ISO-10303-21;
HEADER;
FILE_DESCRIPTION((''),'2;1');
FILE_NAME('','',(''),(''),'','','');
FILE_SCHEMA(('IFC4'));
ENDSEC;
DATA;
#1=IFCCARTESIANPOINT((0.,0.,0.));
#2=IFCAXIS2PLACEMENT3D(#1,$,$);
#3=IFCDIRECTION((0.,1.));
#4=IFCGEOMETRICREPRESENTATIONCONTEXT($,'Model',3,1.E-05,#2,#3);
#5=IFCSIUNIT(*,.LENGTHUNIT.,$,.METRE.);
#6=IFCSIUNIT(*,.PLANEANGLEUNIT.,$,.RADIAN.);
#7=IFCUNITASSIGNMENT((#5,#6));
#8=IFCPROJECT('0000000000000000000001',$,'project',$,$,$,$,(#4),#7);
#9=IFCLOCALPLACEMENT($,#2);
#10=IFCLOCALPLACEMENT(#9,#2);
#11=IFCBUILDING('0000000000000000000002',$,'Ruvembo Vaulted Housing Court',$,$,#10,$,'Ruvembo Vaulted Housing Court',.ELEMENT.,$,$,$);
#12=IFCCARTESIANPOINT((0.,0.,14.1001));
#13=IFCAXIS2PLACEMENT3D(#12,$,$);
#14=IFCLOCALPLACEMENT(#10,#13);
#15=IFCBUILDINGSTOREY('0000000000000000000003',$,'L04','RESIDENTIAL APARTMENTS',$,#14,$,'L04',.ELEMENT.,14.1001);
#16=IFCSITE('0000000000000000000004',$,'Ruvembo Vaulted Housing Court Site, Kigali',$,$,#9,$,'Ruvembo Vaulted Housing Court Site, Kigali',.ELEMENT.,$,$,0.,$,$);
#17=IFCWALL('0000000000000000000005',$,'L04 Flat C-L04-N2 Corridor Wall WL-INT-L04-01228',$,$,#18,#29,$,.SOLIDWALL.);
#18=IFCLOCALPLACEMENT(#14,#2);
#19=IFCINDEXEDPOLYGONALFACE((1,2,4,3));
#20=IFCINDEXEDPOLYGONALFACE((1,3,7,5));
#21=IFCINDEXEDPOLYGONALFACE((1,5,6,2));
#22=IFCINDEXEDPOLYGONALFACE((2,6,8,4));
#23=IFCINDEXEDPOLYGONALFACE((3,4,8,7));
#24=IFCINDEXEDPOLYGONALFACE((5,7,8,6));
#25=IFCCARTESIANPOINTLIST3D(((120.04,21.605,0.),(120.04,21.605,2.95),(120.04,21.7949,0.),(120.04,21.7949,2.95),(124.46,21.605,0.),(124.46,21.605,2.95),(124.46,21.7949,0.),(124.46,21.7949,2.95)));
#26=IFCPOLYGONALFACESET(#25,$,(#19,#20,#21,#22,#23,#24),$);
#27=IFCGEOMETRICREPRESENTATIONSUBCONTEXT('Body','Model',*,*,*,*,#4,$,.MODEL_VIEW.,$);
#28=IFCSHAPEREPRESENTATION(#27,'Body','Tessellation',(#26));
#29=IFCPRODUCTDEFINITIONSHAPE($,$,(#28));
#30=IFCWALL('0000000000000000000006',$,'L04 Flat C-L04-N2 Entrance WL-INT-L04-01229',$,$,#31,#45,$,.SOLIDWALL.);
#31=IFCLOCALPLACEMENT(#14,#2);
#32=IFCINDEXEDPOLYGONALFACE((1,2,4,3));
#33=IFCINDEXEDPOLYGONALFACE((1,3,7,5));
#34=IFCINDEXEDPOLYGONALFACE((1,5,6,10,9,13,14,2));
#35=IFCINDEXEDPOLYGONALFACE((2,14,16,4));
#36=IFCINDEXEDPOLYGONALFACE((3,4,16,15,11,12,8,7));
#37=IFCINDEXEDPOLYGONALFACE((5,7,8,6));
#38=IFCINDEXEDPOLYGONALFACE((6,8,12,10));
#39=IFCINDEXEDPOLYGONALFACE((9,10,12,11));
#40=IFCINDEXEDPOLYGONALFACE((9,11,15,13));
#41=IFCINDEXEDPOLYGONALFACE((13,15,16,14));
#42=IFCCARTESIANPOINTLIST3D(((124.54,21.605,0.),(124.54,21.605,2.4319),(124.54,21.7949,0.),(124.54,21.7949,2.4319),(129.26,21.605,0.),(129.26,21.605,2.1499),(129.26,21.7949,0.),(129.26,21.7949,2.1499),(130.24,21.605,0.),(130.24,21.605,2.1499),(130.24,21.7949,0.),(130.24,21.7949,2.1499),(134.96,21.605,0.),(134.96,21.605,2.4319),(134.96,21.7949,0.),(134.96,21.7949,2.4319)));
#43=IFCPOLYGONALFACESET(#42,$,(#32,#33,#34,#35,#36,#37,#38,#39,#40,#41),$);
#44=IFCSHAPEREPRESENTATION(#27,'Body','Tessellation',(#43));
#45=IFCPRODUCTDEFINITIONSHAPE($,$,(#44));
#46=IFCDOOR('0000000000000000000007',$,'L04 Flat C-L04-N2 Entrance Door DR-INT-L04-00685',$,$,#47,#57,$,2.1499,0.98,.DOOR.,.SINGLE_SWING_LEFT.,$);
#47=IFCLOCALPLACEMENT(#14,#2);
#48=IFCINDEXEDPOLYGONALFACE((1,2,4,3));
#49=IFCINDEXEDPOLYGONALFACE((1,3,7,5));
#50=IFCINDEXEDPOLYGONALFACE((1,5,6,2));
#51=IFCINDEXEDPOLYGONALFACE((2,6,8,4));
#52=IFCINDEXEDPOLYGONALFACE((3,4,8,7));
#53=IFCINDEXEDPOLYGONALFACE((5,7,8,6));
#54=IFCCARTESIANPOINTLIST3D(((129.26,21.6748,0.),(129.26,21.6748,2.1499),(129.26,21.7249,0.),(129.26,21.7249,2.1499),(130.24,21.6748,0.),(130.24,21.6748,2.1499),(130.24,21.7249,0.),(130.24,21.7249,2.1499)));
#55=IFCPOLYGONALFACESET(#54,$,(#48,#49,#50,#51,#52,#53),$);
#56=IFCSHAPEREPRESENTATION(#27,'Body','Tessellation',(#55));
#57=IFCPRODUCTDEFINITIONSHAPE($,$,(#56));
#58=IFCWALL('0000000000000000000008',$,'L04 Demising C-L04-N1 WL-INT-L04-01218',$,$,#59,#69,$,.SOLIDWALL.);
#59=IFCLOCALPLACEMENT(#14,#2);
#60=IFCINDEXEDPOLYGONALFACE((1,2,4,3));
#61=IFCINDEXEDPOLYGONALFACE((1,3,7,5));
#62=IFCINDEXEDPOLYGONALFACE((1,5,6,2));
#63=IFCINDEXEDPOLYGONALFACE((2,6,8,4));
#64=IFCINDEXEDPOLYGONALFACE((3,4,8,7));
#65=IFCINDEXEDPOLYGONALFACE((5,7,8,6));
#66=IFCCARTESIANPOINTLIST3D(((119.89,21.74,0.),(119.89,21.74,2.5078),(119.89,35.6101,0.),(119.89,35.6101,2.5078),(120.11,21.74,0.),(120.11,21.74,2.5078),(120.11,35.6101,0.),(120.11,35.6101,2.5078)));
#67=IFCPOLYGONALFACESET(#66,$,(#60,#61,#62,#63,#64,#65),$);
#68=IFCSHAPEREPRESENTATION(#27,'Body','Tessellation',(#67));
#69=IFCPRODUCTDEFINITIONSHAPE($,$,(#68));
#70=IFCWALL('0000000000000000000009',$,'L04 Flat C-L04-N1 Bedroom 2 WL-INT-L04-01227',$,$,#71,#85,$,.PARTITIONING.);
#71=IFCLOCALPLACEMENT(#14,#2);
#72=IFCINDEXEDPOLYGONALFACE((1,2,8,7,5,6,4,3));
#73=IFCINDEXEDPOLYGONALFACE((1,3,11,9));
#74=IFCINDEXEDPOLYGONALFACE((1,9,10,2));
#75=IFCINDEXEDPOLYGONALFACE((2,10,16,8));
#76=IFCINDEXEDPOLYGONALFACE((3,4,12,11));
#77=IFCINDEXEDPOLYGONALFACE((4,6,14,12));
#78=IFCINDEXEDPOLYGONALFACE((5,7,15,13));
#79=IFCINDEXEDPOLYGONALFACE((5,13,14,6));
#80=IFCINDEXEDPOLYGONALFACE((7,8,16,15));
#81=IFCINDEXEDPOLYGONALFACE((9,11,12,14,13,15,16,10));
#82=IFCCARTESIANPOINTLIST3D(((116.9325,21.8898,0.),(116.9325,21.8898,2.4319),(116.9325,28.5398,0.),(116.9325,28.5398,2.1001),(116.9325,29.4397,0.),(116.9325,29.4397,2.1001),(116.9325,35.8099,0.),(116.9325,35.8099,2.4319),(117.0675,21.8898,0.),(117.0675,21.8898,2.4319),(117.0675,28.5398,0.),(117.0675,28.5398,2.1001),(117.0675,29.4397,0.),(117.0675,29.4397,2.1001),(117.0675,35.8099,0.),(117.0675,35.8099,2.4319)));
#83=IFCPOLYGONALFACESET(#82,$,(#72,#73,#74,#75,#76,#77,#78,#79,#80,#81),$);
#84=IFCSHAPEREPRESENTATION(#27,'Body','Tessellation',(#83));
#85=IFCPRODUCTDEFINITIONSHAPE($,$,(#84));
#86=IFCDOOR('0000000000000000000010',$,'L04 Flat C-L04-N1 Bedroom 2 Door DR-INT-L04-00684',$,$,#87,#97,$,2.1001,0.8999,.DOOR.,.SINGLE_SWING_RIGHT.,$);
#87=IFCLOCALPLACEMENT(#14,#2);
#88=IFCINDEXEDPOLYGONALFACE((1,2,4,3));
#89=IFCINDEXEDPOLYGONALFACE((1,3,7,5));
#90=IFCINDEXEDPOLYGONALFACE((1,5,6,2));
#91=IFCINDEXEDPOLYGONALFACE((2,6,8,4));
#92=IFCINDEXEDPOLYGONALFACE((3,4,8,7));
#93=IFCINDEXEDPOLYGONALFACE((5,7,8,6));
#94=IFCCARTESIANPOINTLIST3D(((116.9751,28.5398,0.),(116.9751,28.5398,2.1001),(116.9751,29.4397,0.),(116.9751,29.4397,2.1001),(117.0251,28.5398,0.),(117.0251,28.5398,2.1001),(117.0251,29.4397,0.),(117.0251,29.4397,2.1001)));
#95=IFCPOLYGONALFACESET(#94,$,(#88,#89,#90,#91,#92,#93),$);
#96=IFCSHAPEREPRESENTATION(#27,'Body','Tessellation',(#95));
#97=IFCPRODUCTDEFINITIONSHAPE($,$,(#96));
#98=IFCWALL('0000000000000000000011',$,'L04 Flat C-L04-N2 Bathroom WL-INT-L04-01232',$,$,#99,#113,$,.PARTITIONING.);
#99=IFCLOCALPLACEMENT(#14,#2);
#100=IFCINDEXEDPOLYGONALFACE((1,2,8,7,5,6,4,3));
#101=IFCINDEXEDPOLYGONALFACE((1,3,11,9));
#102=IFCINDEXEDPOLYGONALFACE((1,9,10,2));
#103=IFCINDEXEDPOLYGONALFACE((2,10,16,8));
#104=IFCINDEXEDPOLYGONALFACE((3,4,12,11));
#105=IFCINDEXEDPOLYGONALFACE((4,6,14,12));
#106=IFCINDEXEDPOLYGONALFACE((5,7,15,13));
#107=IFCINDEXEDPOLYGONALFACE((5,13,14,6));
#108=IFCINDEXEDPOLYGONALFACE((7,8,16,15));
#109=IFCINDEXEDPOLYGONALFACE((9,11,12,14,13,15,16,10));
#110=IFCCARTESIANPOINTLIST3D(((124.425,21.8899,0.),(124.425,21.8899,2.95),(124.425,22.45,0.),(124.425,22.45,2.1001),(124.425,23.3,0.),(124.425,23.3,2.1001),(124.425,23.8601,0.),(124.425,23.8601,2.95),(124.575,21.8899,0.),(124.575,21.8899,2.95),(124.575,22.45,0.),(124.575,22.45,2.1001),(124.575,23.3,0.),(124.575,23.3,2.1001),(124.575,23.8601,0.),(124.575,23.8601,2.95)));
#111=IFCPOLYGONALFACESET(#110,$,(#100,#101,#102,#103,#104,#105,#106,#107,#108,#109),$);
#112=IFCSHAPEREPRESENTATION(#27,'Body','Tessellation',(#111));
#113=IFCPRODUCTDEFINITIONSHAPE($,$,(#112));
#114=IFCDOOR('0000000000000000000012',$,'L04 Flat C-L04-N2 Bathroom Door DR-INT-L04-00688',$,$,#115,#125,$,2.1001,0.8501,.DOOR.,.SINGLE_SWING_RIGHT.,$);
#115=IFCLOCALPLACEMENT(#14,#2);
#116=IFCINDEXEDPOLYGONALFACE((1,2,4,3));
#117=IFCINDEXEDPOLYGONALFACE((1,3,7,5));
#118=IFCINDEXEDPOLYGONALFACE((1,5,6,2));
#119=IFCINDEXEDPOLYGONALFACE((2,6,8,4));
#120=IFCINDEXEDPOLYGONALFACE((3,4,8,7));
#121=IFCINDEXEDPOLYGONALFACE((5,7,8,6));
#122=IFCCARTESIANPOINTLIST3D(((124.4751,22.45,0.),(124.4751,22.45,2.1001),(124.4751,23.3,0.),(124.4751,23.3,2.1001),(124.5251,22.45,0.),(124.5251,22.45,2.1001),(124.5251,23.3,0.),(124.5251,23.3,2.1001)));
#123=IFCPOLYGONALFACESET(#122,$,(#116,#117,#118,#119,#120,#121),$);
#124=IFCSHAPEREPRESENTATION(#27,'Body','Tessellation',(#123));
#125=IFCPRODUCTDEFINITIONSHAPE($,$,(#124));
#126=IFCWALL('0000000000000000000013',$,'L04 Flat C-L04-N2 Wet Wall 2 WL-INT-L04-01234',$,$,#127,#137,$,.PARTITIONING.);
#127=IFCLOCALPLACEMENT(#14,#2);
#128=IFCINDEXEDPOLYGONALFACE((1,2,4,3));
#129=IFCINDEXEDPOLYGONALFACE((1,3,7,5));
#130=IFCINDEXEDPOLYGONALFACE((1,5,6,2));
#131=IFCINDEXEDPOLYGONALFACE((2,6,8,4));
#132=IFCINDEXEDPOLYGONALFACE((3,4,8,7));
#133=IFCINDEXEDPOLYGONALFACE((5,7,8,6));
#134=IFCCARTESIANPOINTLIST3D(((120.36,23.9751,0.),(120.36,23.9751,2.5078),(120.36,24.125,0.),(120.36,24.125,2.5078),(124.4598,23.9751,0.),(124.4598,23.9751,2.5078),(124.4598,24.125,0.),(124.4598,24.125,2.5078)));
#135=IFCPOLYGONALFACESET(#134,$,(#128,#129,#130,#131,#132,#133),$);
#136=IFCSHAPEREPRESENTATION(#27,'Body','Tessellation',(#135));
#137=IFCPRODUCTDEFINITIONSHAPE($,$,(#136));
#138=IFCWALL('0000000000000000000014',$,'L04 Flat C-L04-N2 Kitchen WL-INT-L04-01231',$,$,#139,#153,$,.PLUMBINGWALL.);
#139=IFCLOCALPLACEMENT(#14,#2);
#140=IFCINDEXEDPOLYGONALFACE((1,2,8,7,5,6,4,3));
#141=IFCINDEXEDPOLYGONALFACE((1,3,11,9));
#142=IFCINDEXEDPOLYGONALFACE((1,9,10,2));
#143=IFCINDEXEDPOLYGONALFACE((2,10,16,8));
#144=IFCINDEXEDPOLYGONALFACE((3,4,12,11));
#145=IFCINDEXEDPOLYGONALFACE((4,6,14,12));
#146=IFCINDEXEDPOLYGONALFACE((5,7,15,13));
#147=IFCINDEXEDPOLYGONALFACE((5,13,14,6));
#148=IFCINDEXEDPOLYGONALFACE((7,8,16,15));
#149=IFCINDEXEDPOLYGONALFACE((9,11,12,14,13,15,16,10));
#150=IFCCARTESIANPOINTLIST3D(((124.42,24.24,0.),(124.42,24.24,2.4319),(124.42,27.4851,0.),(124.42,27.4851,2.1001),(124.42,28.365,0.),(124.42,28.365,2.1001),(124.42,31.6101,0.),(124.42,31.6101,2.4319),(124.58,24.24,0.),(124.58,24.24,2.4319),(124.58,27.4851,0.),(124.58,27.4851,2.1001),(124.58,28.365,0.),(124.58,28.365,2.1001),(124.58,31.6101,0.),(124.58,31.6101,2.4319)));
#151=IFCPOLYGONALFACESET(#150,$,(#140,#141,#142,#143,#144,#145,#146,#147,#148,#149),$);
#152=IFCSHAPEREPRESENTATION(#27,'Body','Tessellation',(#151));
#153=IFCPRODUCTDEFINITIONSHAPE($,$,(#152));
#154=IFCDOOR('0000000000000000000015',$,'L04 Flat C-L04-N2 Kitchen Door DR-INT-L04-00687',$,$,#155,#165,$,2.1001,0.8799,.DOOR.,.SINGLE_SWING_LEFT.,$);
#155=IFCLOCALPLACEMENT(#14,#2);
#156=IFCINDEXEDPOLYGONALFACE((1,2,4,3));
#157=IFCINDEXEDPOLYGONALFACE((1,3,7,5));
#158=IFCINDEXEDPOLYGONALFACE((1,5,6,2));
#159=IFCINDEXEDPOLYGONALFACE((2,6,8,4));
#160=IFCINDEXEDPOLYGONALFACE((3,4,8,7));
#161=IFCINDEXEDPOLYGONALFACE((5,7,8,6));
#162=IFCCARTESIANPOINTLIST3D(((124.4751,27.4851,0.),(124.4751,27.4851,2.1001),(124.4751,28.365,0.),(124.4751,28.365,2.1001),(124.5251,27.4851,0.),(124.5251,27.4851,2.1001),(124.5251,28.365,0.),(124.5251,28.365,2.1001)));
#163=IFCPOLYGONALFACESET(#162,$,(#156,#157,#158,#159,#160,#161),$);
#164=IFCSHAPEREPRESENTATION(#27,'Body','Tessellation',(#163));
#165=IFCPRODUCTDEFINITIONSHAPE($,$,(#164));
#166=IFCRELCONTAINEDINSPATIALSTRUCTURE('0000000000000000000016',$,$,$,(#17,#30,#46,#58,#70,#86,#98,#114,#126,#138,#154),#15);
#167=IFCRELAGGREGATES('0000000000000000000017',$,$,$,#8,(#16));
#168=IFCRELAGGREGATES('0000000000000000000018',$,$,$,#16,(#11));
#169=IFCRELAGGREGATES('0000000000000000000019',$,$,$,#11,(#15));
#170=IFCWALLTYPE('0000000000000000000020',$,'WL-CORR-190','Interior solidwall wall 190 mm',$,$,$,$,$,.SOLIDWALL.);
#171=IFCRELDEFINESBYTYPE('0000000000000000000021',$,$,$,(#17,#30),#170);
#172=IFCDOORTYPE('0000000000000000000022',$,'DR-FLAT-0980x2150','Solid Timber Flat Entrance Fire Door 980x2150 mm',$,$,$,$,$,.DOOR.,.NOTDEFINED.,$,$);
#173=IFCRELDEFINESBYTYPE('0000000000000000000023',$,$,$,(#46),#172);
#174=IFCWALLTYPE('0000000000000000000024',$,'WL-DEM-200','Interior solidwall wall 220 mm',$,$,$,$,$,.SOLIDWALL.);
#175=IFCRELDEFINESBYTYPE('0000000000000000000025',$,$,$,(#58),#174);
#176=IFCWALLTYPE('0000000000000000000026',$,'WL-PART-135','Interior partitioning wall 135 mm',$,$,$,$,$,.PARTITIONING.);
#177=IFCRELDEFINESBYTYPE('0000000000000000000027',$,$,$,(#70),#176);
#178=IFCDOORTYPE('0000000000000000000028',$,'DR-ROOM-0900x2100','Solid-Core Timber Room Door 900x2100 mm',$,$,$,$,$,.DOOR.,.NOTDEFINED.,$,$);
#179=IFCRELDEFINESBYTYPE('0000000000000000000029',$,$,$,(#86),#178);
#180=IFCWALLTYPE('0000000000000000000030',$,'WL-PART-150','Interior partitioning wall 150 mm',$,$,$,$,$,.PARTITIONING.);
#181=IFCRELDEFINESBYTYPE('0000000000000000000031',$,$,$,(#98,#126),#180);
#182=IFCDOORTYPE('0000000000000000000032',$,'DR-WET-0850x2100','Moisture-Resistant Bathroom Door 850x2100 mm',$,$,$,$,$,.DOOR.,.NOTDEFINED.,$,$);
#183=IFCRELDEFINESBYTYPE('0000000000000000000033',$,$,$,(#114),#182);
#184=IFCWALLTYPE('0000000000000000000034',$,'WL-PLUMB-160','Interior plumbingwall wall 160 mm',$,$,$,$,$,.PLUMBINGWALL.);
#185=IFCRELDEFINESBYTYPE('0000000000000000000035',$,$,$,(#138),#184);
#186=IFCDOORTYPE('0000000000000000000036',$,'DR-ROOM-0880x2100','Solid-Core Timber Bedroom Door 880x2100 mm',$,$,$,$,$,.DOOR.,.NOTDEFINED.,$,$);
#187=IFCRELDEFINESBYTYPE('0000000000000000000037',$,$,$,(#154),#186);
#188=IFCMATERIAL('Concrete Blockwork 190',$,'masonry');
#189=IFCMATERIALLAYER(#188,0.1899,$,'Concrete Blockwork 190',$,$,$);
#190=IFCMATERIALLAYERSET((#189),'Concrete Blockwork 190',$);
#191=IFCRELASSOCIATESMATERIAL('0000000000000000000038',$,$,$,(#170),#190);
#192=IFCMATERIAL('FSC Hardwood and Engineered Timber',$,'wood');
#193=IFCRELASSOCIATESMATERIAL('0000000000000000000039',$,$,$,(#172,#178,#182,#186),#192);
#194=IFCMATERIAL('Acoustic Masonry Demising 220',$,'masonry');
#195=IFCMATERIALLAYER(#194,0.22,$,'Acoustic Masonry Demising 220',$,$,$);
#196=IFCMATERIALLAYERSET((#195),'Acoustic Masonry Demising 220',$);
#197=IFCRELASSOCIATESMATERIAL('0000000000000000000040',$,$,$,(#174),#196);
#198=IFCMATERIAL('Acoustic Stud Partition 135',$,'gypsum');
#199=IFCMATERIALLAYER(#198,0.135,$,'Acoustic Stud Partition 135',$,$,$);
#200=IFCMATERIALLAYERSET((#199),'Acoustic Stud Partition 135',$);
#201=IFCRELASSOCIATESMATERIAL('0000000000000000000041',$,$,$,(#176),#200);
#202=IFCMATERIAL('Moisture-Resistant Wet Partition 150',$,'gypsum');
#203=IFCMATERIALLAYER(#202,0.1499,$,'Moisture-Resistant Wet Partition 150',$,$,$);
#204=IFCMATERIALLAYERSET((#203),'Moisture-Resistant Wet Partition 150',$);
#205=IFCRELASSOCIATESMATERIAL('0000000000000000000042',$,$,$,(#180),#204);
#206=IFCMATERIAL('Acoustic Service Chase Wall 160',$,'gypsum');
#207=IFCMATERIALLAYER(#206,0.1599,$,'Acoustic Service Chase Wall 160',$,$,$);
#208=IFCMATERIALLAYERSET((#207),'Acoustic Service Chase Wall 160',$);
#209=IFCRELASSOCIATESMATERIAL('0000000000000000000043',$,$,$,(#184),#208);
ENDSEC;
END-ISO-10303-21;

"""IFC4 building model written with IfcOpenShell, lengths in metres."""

from ifc_helpers import new_model, si_unit, direction, frame, frame_2d, origin, place, context, subcontext, project, spatial, rectangle, extrude, material, layer, layer_set, type_object, element, fill, save


model = new_model("IFC4")

# Units and contexts
model_context = context("Model", 3, precision=1e-05, world=origin(), true_north=direction((0.0, 1.0)))
body_context = subcontext(model_context, "Body", "Model", "MODEL_VIEW")
ifc_project = project(units=[si_unit("LENGTHUNIT", "METRE"), si_unit("PLANEANGLEUNIT", "RADIAN")], contexts=[model_context])

# Site, building, storey
site_placement = place(None, origin())
site = spatial("IfcSite", under=ifc_project, at=site_placement, Name="Ruvembo Vaulted Housing Court Site, Kigali", LongName="Ruvembo Vaulted Housing Court Site, Kigali", CompositionType="ELEMENT", RefElevation=0.0)
building_placement = place(site_placement, origin())
building = spatial("IfcBuilding", under=site, at=building_placement, Name="Ruvembo Vaulted Housing Court", LongName="Ruvembo Vaulted Housing Court", CompositionType="ELEMENT")
storey_placement = place(building_placement, frame((0.0, 0.0, 14.1001)))
storey = spatial("IfcBuildingStorey", under=building, at=storey_placement, Name="L04", Description="RESIDENTIAL APARTMENTS", LongName="L04", CompositionType="ELEMENT", Elevation=14.1001)

# Wall
ifc_material_1 = material(Name="Concrete Blockwork 190", Category="masonry")
ifc_layer_1 = layer(ifc_material_1, 0.1899, Name="Concrete Blockwork 190")
ifc_layer_set_1 = layer_set([ifc_layer_1], Name="Concrete Blockwork 190")
wall_type_1 = type_object("IfcWallType", Name="WL-CORR-190", Description="Interior solidwall wall 190 mm", PredefinedType="SOLIDWALL", material=ifc_layer_set_1)
wall_1_placement = place(storey_placement, frame((120.04, 21.7, 0.0), z_axis=(0.0, 0.0, 1.0), x_axis=(1.0, 0.0, 0.0)))
element("IfcWall", 1, at=wall_1_placement, inside=storey, type_object=wall_type_1, Name="L04 Flat C-L04-N2 Corridor Wall WL-INT-L04-01228", PredefinedType="SOLIDWALL", context=body_context, shape_type="SweptSolid", body=[
    extrude(rectangle(XDim=4.4199, YDim=0.1899, at=frame_2d((2.21, 0.0))), origin(), (0.0, 0.0, 1.0), 2.95),
])

# Wall, opening, door
wall_2_placement = place(storey_placement, frame((124.54, 21.7, 0.0), z_axis=(0.0, 0.0, 1.0), x_axis=(1.0, 0.0, 0.0)))
wall_2 = element("IfcWall", 2, at=wall_2_placement, inside=storey, type_object=wall_type_1, Name="L04 Flat C-L04-N2 Entrance WL-INT-L04-01229", PredefinedType="SOLIDWALL", context=body_context, shape_type="SweptSolid", body=[
    extrude(rectangle(XDim=10.4199, YDim=0.1899, at=frame_2d((5.21, 0.0))), origin(), (0.0, 0.0, 1.0), 2.4319),
])
opening_1_placement = place(wall_2_placement, frame((4.72, 0.0, 0.0)))
opening_1 = element("IfcOpeningElement", 3, at=opening_1_placement, cuts=wall_2, PredefinedType="OPENING", context=body_context, shape_type="SweptSolid", body=[
    extrude(rectangle(XDim=0.98, YDim=2.1499, at=frame_2d((0.49, 1.075))), frame((0.0, 0.105, 0.0), z_axis=(0.0, -1.0, 0.0), x_axis=(1.0, 0.0, 0.0)), (0.0, 0.0, 1.0), 0.21),
])
ifc_material_2 = material(Name="FSC Hardwood and Engineered Timber", Category="wood")
door_type_1 = type_object("IfcDoorType", Name="DR-FLAT-0980x2150", Description="Solid Timber Flat Entrance Fire Door 980x2150 mm", OperationType="NOTDEFINED", PredefinedType="DOOR", material=ifc_material_2)
door_1_placement = place(opening_1_placement, origin())
door_1 = element("IfcDoor", 4, at=door_1_placement, inside=storey, type_object=door_type_1, Name="L04 Flat C-L04-N2 Entrance Door DR-INT-L04-00685", OperationType="SINGLE_SWING_LEFT", OverallHeight=2.1499, OverallWidth=0.98, PredefinedType="DOOR", context=body_context, shape_type="SweptSolid", body=[
    extrude(rectangle(XDim=0.98, YDim=2.1499, at=frame_2d((0.49, 1.075))), frame((0.0, 0.0249, 0.0), z_axis=(0.0, -1.0, 0.0), x_axis=(1.0, 0.0, 0.0)), (0.0, 0.0, 1.0), 0.05),
])
fill(opening_1, door_1)

# Wall
ifc_material_3 = material(Name="Acoustic Masonry Demising 220", Category="masonry")
ifc_layer_2 = layer(ifc_material_3, 0.22, Name="Acoustic Masonry Demising 220")
ifc_layer_set_2 = layer_set([ifc_layer_2], Name="Acoustic Masonry Demising 220")
wall_type_2 = type_object("IfcWallType", Name="WL-DEM-200", Description="Interior solidwall wall 220 mm", PredefinedType="SOLIDWALL", material=ifc_layer_set_2)
wall_3_placement = place(storey_placement, frame((120.0, 21.74, 0.0), z_axis=(0.0, 0.0, 1.0), x_axis=(0.0, 1.0, 0.0)))
element("IfcWall", 5, at=wall_3_placement, inside=storey, type_object=wall_type_2, Name="L04 Demising C-L04-N1 WL-INT-L04-01218", PredefinedType="SOLIDWALL", context=body_context, shape_type="SweptSolid", body=[
    extrude(rectangle(XDim=13.8701, YDim=0.22, at=frame_2d((6.9351, 0.0))), origin(), (0.0, 0.0, 1.0), 2.5078),
])

# Walls, openings, doors
ifc_material_4 = material(Name="Acoustic Stud Partition 135", Category="gypsum")
ifc_layer_3 = layer(ifc_material_4, 0.135, Name="Acoustic Stud Partition 135")
ifc_layer_set_3 = layer_set([ifc_layer_3], Name="Acoustic Stud Partition 135")
wall_type_3 = type_object("IfcWallType", Name="WL-PART-135", Description="Interior partitioning wall 135 mm", PredefinedType="PARTITIONING", material=ifc_layer_set_3)
wall_4_placement = place(storey_placement, frame((117.0, 21.8899, 0.0), z_axis=(0.0, 0.0, 1.0), x_axis=(0.0, 1.0, 0.0)))
wall_4 = element("IfcWall", 6, at=wall_4_placement, inside=storey, type_object=wall_type_3, Name="L04 Flat C-L04-N1 Bedroom 2 WL-INT-L04-01227", PredefinedType="PARTITIONING", context=body_context, shape_type="SweptSolid", body=[
    extrude(rectangle(XDim=13.9202, YDim=0.135, at=frame_2d((6.96, 0.0))), origin(), (0.0, 0.0, 1.0), 2.4319),
])
opening_2_placement = place(wall_4_placement, frame((6.6499, 0.0, 0.0)))
opening_2 = element("IfcOpeningElement", 7, at=opening_2_placement, cuts=wall_4, PredefinedType="OPENING", context=body_context, shape_type="SweptSolid", body=[
    extrude(rectangle(XDim=0.8999, YDim=2.1001, at=frame_2d((0.45, 1.05))), frame((0.0, 0.0774, 0.0), z_axis=(0.0, -1.0, 0.0), x_axis=(1.0, 0.0, 0.0)), (0.0, 0.0, 1.0), 0.155),
])
door_type_2 = type_object("IfcDoorType", Name="DR-ROOM-0900x2100", Description="Solid-Core Timber Room Door 900x2100 mm", OperationType="NOTDEFINED", PredefinedType="DOOR", material=ifc_material_2)
door_2_placement = place(opening_2_placement, origin())
door_2 = element("IfcDoor", 8, at=door_2_placement, inside=storey, type_object=door_type_2, Name="L04 Flat C-L04-N1 Bedroom 2 Door DR-INT-L04-00684", OperationType="SINGLE_SWING_RIGHT", OverallHeight=2.1001, OverallWidth=0.8999, PredefinedType="DOOR", context=body_context, shape_type="SweptSolid", body=[
    extrude(rectangle(XDim=0.8999, YDim=2.1001, at=frame_2d((0.45, 1.05))), frame((0.0, 0.0249, 0.0), z_axis=(0.0, -1.0, 0.0), x_axis=(1.0, 0.0, 0.0)), (0.0, 0.0, 1.0), 0.05),
])
fill(opening_2, door_2)
ifc_material_5 = material(Name="Moisture-Resistant Wet Partition 150", Category="gypsum")
ifc_layer_4 = layer(ifc_material_5, 0.1499, Name="Moisture-Resistant Wet Partition 150")
ifc_layer_set_4 = layer_set([ifc_layer_4], Name="Moisture-Resistant Wet Partition 150")
wall_type_4 = type_object("IfcWallType", Name="WL-PART-150", Description="Interior partitioning wall 150 mm", PredefinedType="PARTITIONING", material=ifc_layer_set_4)
wall_5_placement = place(storey_placement, frame((124.5, 21.8899, 0.0), z_axis=(0.0, 0.0, 1.0), x_axis=(0.0, 1.0, 0.0)))
wall_5 = element("IfcWall", 9, at=wall_5_placement, inside=storey, type_object=wall_type_4, Name="L04 Flat C-L04-N2 Bathroom WL-INT-L04-01232", PredefinedType="PARTITIONING", context=body_context, shape_type="SweptSolid", body=[
    extrude(rectangle(XDim=1.9702, YDim=0.1499, at=frame_2d((0.9851, 0.0))), origin(), (0.0, 0.0, 1.0), 2.95),
])
opening_3_placement = place(wall_5_placement, frame((0.5601, 0.0, 0.0)))
opening_3 = element("IfcOpeningElement", 10, at=opening_3_placement, cuts=wall_5, PredefinedType="OPENING", context=body_context, shape_type="SweptSolid", body=[
    extrude(rectangle(XDim=0.8501, YDim=2.1001, at=frame_2d((0.425, 1.05))), frame((0.0, 0.085, 0.0), z_axis=(0.0, -1.0, 0.0), x_axis=(1.0, 0.0, 0.0)), (0.0, 0.0, 1.0), 0.1699),
])
door_type_3 = type_object("IfcDoorType", Name="DR-WET-0850x2100", Description="Moisture-Resistant Bathroom Door 850x2100 mm", OperationType="NOTDEFINED", PredefinedType="DOOR", material=ifc_material_2)
door_3_placement = place(opening_3_placement, origin())
door_3 = element("IfcDoor", 11, at=door_3_placement, inside=storey, type_object=door_type_3, Name="L04 Flat C-L04-N2 Bathroom Door DR-INT-L04-00688", OperationType="SINGLE_SWING_RIGHT", OverallHeight=2.1001, OverallWidth=0.8501, PredefinedType="DOOR", context=body_context, shape_type="SweptSolid", body=[
    extrude(rectangle(XDim=0.8501, YDim=2.1001, at=frame_2d((0.425, 1.05))), frame((0.0, 0.0249, 0.0), z_axis=(0.0, -1.0, 0.0), x_axis=(1.0, 0.0, 0.0)), (0.0, 0.0, 1.0), 0.05),
])
fill(opening_3, door_3)

# Wall
wall_6_placement = place(storey_placement, frame((120.3601, 24.05, 0.0), z_axis=(0.0, 0.0, 1.0), x_axis=(1.0, 0.0, 0.0)))
element("IfcWall", 12, at=wall_6_placement, inside=storey, type_object=wall_type_4, Name="L04 Flat C-L04-N2 Wet Wall 2 WL-INT-L04-01234", PredefinedType="PARTITIONING", context=body_context, shape_type="SweptSolid", body=[
    extrude(rectangle(XDim=4.0999, YDim=0.1499, at=frame_2d((2.0498, 0.0))), origin(), (0.0, 0.0, 1.0), 2.5078),
])

# Wall, opening, door
ifc_material_6 = material(Name="Acoustic Service Chase Wall 160", Category="gypsum")
ifc_layer_5 = layer(ifc_material_6, 0.1599, Name="Acoustic Service Chase Wall 160")
ifc_layer_set_5 = layer_set([ifc_layer_5], Name="Acoustic Service Chase Wall 160")
wall_type_5 = type_object("IfcWallType", Name="WL-PLUMB-160", Description="Interior plumbingwall wall 160 mm", PredefinedType="PLUMBINGWALL", material=ifc_layer_set_5)
wall_7_placement = place(storey_placement, frame((124.5, 24.24, 0.0), z_axis=(0.0, 0.0, 1.0), x_axis=(0.0, 1.0, 0.0)))
wall_7 = element("IfcWall", 13, at=wall_7_placement, inside=storey, type_object=wall_type_5, Name="L04 Flat C-L04-N2 Kitchen WL-INT-L04-01231", PredefinedType="PLUMBINGWALL", context=body_context, shape_type="SweptSolid", body=[
    extrude(rectangle(XDim=7.3701, YDim=0.1599, at=frame_2d((3.6851, 0.0))), origin(), (0.0, 0.0, 1.0), 2.4319),
])
opening_4_placement = place(wall_7_placement, frame((3.2451, 0.0, 0.0)))
opening_4 = element("IfcOpeningElement", 14, at=opening_4_placement, cuts=wall_7, PredefinedType="OPENING", context=body_context, shape_type="SweptSolid", body=[
    extrude(rectangle(XDim=0.8799, YDim=2.1001, at=frame_2d((0.4399, 1.05))), frame((0.0, 0.0898, 0.0), z_axis=(0.0, -1.0, 0.0), x_axis=(1.0, 0.0, 0.0)), (0.0, 0.0, 1.0), 0.1799),
])
door_type_4 = type_object("IfcDoorType", Name="DR-ROOM-0880x2100", Description="Solid-Core Timber Bedroom Door 880x2100 mm", OperationType="NOTDEFINED", PredefinedType="DOOR", material=ifc_material_2)
door_4_placement = place(opening_4_placement, origin())
door_4 = element("IfcDoor", 15, at=door_4_placement, inside=storey, type_object=door_type_4, Name="L04 Flat C-L04-N2 Kitchen Door DR-INT-L04-00687", OperationType="SINGLE_SWING_LEFT", OverallHeight=2.1001, OverallWidth=0.8799, PredefinedType="DOOR", context=body_context, shape_type="SweptSolid", body=[
    extrude(rectangle(XDim=0.8799, YDim=2.1001, at=frame_2d((0.4399, 1.05))), frame((0.0, 0.0249, 0.0), z_axis=(0.0, -1.0, 0.0), x_axis=(1.0, 0.0, 0.0)), (0.0, 0.0, 1.0), 0.05),
])
fill(opening_4, door_4)

save(model, "model.ifc")
